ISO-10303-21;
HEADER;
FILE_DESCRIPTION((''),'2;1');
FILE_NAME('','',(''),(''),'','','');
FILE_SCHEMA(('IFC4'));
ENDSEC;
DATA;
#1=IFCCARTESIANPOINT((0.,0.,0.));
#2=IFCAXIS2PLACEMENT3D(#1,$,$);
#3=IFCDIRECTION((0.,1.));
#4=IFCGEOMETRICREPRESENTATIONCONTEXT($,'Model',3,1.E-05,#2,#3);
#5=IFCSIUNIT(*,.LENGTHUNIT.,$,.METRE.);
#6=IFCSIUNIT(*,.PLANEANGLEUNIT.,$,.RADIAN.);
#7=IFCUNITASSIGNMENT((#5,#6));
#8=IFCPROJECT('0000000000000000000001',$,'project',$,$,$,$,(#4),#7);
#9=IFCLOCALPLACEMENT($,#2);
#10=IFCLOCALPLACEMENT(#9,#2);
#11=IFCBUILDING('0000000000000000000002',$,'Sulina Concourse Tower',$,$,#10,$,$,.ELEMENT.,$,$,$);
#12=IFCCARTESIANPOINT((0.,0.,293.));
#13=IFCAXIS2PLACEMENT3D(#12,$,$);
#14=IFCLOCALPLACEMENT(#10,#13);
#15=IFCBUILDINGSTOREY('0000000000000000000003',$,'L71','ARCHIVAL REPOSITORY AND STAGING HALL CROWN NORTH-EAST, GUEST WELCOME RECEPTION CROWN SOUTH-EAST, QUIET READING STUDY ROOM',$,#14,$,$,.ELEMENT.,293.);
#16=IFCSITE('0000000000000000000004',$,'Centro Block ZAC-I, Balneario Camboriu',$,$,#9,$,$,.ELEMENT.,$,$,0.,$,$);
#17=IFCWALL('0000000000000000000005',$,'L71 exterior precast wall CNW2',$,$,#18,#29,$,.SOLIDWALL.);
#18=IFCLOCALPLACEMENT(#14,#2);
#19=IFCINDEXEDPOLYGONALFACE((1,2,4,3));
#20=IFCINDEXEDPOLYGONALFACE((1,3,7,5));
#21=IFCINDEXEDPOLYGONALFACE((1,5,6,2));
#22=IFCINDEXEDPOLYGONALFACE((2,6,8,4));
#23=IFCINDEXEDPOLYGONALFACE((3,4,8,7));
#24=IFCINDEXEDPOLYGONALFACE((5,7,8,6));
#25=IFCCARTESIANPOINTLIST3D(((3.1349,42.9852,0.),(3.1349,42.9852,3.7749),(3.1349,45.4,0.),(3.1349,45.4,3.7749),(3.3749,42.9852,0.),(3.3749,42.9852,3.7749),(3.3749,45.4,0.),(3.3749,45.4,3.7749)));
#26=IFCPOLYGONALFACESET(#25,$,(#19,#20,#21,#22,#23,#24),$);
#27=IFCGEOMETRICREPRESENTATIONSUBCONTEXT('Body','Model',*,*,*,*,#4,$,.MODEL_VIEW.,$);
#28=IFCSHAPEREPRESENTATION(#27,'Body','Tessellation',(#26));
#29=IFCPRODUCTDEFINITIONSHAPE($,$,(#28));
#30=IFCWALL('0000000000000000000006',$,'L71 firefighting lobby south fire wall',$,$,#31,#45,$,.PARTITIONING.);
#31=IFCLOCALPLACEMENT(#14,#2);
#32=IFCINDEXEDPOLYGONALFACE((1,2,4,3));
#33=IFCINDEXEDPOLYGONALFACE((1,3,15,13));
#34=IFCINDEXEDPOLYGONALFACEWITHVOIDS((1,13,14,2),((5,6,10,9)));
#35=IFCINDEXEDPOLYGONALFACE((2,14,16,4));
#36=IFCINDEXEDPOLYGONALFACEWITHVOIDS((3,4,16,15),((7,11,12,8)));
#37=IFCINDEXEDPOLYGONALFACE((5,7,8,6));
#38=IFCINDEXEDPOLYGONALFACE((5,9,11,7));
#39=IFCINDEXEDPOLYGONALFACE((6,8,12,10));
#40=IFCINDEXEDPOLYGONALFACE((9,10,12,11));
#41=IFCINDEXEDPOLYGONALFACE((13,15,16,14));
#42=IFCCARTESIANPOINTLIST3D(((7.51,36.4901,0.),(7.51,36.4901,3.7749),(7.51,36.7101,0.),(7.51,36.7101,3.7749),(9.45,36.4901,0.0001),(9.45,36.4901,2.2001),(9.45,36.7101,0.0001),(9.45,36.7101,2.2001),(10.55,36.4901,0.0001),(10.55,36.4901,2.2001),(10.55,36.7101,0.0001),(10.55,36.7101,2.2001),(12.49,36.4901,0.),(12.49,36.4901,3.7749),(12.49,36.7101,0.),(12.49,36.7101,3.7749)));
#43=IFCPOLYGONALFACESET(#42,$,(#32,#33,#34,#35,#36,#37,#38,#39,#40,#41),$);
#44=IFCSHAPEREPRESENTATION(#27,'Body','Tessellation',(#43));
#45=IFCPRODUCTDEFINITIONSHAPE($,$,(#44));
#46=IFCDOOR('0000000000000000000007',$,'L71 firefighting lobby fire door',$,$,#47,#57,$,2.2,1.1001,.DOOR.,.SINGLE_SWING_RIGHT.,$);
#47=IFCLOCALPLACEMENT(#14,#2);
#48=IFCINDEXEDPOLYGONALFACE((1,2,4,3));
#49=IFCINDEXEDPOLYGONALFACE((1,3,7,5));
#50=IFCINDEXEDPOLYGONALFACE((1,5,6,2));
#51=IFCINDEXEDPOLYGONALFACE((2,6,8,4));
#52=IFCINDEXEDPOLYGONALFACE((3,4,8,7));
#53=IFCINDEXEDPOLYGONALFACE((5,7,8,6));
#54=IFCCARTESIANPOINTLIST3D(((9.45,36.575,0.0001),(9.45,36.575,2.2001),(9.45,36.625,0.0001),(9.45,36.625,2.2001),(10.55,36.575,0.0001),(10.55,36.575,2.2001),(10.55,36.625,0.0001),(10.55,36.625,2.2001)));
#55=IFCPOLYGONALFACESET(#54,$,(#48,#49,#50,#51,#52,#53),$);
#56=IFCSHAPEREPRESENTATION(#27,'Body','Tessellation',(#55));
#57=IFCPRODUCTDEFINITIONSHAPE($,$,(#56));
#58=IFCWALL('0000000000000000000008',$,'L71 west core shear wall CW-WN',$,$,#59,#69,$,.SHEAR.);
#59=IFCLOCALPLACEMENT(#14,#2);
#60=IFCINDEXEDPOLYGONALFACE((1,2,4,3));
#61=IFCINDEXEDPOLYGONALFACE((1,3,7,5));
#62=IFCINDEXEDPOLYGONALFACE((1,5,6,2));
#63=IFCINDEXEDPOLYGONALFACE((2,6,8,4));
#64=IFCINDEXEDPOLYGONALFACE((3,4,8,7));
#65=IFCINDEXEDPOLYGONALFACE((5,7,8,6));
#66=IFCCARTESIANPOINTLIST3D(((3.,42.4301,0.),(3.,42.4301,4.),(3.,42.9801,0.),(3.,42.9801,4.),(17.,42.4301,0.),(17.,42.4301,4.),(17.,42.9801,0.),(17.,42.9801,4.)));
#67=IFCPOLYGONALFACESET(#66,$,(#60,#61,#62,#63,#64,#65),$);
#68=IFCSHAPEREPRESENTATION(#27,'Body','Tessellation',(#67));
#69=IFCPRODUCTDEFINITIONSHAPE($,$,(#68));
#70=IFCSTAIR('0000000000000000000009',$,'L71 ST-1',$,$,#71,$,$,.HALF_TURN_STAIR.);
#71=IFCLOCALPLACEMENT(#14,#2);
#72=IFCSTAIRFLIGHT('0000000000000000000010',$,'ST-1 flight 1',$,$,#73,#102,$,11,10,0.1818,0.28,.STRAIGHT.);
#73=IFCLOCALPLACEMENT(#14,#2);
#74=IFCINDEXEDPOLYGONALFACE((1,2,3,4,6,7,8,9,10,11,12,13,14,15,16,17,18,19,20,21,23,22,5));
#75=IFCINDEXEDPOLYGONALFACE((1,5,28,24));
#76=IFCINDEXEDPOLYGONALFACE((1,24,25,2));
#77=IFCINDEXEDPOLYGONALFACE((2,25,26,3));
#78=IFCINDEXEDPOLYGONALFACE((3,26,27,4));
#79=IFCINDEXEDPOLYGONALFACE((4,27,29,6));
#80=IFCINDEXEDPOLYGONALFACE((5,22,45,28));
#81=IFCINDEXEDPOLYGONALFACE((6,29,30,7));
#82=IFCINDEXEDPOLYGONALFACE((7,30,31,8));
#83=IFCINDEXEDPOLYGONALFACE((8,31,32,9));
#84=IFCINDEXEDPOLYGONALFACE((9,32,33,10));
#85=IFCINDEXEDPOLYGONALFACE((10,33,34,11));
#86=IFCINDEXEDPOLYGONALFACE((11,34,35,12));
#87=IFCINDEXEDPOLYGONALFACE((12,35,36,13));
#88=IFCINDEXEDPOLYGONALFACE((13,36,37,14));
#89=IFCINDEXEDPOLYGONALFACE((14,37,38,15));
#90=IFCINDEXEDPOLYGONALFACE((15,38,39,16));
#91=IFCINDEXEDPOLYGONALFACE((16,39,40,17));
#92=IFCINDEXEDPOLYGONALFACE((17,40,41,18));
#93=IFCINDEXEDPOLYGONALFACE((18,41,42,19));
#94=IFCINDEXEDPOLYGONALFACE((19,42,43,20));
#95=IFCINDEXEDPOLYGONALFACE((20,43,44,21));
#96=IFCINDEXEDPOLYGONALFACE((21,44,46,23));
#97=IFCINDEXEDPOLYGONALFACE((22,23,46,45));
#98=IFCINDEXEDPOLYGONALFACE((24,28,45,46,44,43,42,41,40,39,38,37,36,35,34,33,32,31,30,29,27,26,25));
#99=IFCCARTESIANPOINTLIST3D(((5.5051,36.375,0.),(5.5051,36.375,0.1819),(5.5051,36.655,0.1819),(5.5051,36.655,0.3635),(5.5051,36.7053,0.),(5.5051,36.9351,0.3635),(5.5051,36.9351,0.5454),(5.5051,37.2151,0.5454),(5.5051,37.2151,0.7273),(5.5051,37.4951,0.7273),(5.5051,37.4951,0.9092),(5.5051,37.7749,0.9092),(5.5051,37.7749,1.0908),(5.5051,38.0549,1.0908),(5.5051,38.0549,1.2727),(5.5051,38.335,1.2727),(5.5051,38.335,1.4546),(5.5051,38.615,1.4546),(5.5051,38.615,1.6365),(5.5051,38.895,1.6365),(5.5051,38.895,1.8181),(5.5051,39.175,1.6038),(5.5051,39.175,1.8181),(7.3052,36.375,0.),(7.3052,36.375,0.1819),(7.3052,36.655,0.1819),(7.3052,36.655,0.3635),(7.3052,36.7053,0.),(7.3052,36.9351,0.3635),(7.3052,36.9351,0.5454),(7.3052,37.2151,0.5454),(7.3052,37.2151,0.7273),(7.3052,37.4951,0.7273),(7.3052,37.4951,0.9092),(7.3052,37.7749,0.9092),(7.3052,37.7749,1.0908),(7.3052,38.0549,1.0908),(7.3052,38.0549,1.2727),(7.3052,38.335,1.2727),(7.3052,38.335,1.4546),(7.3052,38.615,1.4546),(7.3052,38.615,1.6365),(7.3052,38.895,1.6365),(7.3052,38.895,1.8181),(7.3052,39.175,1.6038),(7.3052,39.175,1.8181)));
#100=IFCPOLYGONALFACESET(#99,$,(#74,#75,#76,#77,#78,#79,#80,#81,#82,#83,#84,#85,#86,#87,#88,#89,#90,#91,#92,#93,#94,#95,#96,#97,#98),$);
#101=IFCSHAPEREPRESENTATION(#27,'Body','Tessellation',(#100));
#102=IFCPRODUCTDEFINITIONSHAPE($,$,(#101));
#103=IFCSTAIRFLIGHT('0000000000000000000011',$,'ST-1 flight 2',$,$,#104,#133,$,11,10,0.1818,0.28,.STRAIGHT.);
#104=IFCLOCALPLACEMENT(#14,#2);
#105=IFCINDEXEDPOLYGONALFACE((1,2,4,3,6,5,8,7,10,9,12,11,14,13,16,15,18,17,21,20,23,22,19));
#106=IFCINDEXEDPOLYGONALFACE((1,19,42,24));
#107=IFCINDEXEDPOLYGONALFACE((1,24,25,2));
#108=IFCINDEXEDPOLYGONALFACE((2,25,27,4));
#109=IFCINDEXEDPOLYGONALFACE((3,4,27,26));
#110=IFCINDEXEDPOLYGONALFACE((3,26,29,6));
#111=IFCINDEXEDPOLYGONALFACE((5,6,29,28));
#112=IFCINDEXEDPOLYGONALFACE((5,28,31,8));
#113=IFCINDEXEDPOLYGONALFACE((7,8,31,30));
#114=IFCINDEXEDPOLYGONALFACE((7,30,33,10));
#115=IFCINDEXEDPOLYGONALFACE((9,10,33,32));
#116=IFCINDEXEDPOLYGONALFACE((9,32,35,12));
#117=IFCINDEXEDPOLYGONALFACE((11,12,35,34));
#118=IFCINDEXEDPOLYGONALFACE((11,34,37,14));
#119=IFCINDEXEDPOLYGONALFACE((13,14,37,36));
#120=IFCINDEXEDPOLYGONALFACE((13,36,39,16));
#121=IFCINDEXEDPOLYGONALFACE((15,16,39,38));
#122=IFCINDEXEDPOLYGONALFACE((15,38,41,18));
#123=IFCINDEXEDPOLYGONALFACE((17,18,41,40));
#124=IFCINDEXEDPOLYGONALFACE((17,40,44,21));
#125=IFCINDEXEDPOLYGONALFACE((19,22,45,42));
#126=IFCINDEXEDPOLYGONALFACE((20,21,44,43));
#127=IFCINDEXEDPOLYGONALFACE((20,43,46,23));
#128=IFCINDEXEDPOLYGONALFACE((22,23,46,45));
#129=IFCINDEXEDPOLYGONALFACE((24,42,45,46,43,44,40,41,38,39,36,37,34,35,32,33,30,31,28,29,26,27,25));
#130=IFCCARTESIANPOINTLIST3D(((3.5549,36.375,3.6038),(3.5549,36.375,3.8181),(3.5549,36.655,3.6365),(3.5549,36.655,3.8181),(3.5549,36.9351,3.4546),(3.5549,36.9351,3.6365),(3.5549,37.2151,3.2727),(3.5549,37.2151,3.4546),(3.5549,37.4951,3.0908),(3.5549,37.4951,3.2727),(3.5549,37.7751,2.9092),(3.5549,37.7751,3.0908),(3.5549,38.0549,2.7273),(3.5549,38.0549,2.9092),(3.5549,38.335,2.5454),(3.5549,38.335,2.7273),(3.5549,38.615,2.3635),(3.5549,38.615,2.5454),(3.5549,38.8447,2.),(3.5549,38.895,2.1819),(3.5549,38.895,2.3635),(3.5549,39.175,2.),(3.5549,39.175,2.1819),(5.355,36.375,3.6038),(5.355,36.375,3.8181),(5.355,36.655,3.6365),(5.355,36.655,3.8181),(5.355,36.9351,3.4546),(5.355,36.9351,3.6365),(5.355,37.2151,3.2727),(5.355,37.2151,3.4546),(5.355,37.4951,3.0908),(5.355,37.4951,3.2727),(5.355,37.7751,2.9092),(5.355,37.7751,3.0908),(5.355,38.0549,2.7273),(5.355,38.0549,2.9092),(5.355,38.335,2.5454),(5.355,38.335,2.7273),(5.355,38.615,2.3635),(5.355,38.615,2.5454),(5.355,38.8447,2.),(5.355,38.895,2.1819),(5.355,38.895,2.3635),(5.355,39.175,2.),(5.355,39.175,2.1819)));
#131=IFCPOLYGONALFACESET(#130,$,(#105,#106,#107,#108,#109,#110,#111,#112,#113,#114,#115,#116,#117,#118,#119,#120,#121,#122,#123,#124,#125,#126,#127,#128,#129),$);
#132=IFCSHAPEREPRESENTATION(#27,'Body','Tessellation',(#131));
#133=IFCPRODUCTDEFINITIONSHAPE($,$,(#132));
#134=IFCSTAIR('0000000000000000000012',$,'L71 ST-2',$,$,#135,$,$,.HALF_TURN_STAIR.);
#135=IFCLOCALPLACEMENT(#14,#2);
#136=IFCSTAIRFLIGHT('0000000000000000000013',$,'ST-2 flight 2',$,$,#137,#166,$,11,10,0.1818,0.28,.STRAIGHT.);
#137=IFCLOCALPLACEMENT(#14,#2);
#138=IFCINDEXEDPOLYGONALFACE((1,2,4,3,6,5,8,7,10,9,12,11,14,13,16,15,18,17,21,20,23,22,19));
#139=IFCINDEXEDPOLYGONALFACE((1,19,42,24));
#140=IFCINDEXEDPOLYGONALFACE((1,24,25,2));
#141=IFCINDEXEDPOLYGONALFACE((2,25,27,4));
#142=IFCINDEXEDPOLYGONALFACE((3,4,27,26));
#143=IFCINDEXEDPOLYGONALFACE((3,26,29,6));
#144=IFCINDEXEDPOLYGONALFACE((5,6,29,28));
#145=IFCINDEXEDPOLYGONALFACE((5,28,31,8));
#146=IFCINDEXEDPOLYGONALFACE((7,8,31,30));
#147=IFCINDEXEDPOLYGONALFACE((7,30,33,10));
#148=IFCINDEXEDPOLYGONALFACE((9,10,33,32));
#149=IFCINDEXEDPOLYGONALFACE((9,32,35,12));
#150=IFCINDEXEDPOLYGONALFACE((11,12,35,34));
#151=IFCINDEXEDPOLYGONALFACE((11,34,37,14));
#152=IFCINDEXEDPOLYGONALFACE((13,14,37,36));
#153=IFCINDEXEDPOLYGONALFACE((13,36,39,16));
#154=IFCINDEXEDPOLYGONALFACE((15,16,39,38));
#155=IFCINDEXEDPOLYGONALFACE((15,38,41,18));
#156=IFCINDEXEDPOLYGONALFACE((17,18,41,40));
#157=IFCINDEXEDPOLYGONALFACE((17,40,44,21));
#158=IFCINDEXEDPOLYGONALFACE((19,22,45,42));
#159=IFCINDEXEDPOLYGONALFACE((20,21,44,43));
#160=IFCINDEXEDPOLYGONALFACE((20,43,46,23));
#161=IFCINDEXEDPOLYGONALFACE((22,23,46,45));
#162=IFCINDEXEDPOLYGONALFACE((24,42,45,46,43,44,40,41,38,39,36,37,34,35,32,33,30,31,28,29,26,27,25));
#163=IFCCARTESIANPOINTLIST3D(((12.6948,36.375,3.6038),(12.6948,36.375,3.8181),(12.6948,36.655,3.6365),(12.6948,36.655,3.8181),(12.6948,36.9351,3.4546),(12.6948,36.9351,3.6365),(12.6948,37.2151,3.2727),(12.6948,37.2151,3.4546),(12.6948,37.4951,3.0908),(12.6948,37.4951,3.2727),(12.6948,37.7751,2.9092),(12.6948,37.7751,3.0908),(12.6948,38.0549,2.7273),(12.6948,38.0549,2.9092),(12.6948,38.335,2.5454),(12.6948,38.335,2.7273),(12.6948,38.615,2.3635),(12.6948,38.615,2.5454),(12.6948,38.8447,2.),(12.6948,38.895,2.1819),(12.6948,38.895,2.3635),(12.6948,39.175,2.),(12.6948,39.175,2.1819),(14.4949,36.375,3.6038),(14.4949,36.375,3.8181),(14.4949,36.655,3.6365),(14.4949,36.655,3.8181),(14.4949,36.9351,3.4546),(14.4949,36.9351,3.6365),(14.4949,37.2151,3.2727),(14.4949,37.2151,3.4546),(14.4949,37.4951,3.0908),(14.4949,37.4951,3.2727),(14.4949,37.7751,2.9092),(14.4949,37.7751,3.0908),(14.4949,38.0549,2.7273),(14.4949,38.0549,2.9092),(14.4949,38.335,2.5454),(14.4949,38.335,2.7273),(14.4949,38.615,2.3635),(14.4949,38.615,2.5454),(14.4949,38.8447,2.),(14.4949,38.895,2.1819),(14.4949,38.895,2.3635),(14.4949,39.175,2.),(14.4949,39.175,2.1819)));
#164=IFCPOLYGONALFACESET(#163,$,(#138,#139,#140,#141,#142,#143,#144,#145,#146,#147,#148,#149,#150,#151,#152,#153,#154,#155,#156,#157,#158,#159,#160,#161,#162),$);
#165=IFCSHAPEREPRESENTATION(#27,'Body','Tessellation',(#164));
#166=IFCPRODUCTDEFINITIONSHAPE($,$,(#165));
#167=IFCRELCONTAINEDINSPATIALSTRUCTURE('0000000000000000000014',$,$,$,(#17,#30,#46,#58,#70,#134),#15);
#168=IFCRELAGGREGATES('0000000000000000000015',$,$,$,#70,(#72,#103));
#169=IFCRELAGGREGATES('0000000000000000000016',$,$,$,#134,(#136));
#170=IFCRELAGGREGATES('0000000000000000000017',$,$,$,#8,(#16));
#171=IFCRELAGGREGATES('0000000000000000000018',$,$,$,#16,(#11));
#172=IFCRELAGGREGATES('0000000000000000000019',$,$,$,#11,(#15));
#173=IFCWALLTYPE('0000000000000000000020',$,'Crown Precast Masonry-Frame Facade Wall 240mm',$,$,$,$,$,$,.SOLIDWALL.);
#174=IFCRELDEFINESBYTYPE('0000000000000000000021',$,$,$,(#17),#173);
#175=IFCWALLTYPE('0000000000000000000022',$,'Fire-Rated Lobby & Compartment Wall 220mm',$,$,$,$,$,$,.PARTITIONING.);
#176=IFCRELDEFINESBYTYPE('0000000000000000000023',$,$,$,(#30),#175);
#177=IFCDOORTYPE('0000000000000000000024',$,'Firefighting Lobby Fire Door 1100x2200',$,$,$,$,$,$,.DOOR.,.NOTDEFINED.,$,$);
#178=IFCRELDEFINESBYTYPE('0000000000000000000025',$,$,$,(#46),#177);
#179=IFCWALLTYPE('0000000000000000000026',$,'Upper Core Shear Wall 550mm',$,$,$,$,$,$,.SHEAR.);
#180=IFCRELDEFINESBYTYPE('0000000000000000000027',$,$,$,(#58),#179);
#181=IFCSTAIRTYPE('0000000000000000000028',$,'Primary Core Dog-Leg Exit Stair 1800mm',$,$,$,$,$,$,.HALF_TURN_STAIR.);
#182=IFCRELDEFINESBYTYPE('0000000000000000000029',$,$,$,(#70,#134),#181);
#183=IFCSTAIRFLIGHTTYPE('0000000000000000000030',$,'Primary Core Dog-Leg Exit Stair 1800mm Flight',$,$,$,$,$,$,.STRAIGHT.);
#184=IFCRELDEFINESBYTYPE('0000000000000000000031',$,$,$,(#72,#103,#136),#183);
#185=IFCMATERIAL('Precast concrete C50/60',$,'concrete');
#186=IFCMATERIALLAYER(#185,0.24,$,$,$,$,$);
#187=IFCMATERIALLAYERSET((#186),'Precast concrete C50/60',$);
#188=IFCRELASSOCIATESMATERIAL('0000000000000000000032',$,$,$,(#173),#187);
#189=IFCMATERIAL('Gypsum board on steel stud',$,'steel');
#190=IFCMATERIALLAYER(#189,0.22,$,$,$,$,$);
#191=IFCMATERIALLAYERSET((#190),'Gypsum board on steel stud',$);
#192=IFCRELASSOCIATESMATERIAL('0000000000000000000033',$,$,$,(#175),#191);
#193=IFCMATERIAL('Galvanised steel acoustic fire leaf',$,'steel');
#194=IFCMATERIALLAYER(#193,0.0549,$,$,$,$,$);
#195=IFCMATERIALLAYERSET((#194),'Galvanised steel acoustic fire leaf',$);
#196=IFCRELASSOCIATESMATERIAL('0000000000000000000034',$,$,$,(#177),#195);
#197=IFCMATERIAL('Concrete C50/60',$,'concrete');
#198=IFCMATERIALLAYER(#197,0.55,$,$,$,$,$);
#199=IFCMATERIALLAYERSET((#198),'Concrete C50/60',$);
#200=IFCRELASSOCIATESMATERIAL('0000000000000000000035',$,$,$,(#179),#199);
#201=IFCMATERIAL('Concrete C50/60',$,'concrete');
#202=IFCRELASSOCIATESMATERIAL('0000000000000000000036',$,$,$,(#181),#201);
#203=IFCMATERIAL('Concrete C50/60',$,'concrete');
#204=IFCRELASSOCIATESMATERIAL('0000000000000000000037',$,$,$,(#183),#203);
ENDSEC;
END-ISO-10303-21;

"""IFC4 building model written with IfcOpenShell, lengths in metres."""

from ifc_helpers import new_model, si_unit, direction, frame, frame_2d, origin, place, context, subcontext, project, spatial, polyline, rectangle, outline, extrude, material, layer, layer_set, type_object, element, fill, aggregate, save


model = new_model("IFC4")

# Units and contexts
model_context = context("Model", 3, precision=1e-05, world=origin(), true_north=direction((0.0, 1.0)))
body_context = subcontext(model_context, "Body", "Model", "MODEL_VIEW")
ifc_project = project(units=[si_unit("LENGTHUNIT", "METRE"), si_unit("PLANEANGLEUNIT", "RADIAN")], contexts=[model_context])

# Site, building, storey
site_placement = place(None, origin())
site = spatial("IfcSite", under=ifc_project, at=site_placement, Name="Centro Block ZAC-I, Balneario Camboriu", CompositionType="ELEMENT", RefElevation=0.0)
building_placement = place(site_placement, origin())
building = spatial("IfcBuilding", under=site, at=building_placement, Name="Sulina Concourse Tower", CompositionType="ELEMENT")
storey_placement = place(building_placement, frame((0.0, 0.0, 293.0)))
storey = spatial("IfcBuildingStorey", under=building, at=storey_placement, Name="L71", Description="ARCHIVAL REPOSITORY AND STAGING HALL CROWN NORTH-EAST, GUEST WELCOME RECEPTION CROWN SOUTH-EAST, QUIET READING STUDY ROOM", CompositionType="ELEMENT", Elevation=293.0)

# Wall
ifc_material_1 = material(Name="Precast concrete C50/60", Category="concrete")
ifc_layer_1 = layer(ifc_material_1, 0.24)
ifc_layer_set_1 = layer_set([ifc_layer_1], Name="Precast concrete C50/60")
wall_type_1 = type_object("IfcWallType", Name="Crown Precast Masonry-Frame Facade Wall 240mm", PredefinedType="SOLIDWALL", material=ifc_layer_set_1)
wall_1_placement = place(storey_placement, frame((3.2549, 42.9851, 0.0), z_axis=(0.0, 0.0, 1.0), x_axis=(0.0, 1.0, 0.0)))
element("IfcWall", 1, at=wall_1_placement, inside=storey, type_object=wall_type_1, Name="L71 exterior precast wall CNW2", PredefinedType="SOLIDWALL", context=body_context, shape_type="SweptSolid", body=[
    extrude(rectangle(XDim=2.4148, YDim=0.24, at=frame_2d((1.2075, 0.0))), origin(), (0.0, 0.0, 1.0), 3.7749),
])

# Wall, opening, door
ifc_material_2 = material(Name="Gypsum board on steel stud", Category="steel")
ifc_layer_2 = layer(ifc_material_2, 0.22)
ifc_layer_set_2 = layer_set([ifc_layer_2], Name="Gypsum board on steel stud")
wall_type_2 = type_object("IfcWallType", Name="Fire-Rated Lobby & Compartment Wall 220mm", PredefinedType="PARTITIONING", material=ifc_layer_set_2)
wall_2_placement = place(storey_placement, frame((7.51, 36.6001, 0.0), z_axis=(0.0, 0.0, 1.0), x_axis=(1.0, 0.0, 0.0)))
wall_2 = element("IfcWall", 2, at=wall_2_placement, inside=storey, type_object=wall_type_2, Name="L71 firefighting lobby south fire wall", PredefinedType="PARTITIONING", context=body_context, shape_type="SweptSolid", body=[
    extrude(rectangle(XDim=4.98, YDim=0.22, at=frame_2d((2.49, 0.0))), origin(), (0.0, 0.0, 1.0), 3.7749),
])
opening_1_placement = place(wall_2_placement, frame((1.9399, 0.0, 0.0)))
opening_1 = element("IfcOpeningElement", 3, at=opening_1_placement, cuts=wall_2, PredefinedType="OPENING", context=body_context, shape_type="SweptSolid", body=[
    extrude(rectangle(XDim=1.1001, YDim=2.2, at=frame_2d((0.55, 1.1001))), frame((0.0, 0.1199, 0.0), z_axis=(0.0, -1.0, 0.0), x_axis=(1.0, 0.0, 0.0)), (0.0, 0.0, 1.0), 0.24),
])
ifc_material_3 = material(Name="Galvanised steel acoustic fire leaf", Category="steel")
ifc_layer_3 = layer(ifc_material_3, 0.0549)
ifc_layer_set_3 = layer_set([ifc_layer_3], Name="Galvanised steel acoustic fire leaf")
door_type_1 = type_object("IfcDoorType", Name="Firefighting Lobby Fire Door 1100x2200", OperationType="NOTDEFINED", PredefinedType="DOOR", material=ifc_layer_set_3)
door_1_placement = place(opening_1_placement, origin())
door_1 = element("IfcDoor", 4, at=door_1_placement, inside=storey, type_object=door_type_1, Name="L71 firefighting lobby fire door", OperationType="SINGLE_SWING_RIGHT", OverallHeight=2.2, OverallWidth=1.1001, PredefinedType="DOOR", context=body_context, shape_type="SweptSolid", body=[
    extrude(rectangle(XDim=1.1001, YDim=2.2, at=frame_2d((0.55, 1.1001))), frame((0.0, 0.0249, 0.0), z_axis=(0.0, -1.0, 0.0), x_axis=(1.0, 0.0, 0.0)), (0.0, 0.0, 1.0), 0.05),
])
fill(opening_1, door_1)

# Wall
ifc_material_4 = material(Name="Concrete C50/60", Category="concrete")
ifc_layer_4 = layer(ifc_material_4, 0.55)
ifc_layer_set_4 = layer_set([ifc_layer_4], Name="Concrete C50/60")
wall_type_3 = type_object("IfcWallType", Name="Upper Core Shear Wall 550mm", PredefinedType="SHEAR", material=ifc_layer_set_4)
wall_3_placement = place(storey_placement, frame((3.0, 42.7051, 0.0), z_axis=(0.0, 0.0, 1.0), x_axis=(1.0, 0.0, 0.0)))
element("IfcWall", 5, at=wall_3_placement, inside=storey, type_object=wall_type_3, Name="L71 west core shear wall CW-WN", PredefinedType="SHEAR", context=body_context, shape_type="SweptSolid", body=[
    extrude(rectangle(XDim=14.0, YDim=0.55, at=frame_2d((7.0, 0.0))), origin(), (0.0, 0.0, 1.0), 4.0),
])

# Stair, stair flights
ifc_material_5 = material(Name="Concrete C50/60", Category="concrete")
stair_type = type_object("IfcStairType", Name="Primary Core Dog-Leg Exit Stair 1800mm", PredefinedType="HALF_TURN_STAIR", material=ifc_material_5)
stair_1_placement = place(storey_placement, origin())
stair_1 = element("IfcStair", 6, at=stair_1_placement, inside=storey, type_object=stair_type, Name="L71 ST-1", PredefinedType="HALF_TURN_STAIR")
ifc_material_6 = material(Name="Concrete C50/60", Category="concrete")
stair_flight_type = type_object("IfcStairFlightType", Name="Primary Core Dog-Leg Exit Stair 1800mm Flight", PredefinedType="STRAIGHT", material=ifc_material_6)
stair_flight_1_placement = place(storey_placement, frame((6.405, 36.375, 0.0), z_axis=(0.0, 0.0, 1.0), x_axis=(0.0, 1.0, 0.0)))
stair_flight_1 = element("IfcStairFlight", 7, at=stair_flight_1_placement, type_object=stair_flight_type, Name="ST-1 flight 1", NumberOfRisers=11, NumberOfTreads=10, PredefinedType="STRAIGHT", RiserHeight=0.1818, TreadLength=0.28, context=body_context, shape_type="SweptSolid", body=[
    extrude(outline(polyline([(0.0, 0.0), (0.0, 0.1819), (0.28, 0.1819), (0.28, 0.3635), (0.5601, 0.3635), (0.5601, 0.5454), (0.8401, 0.5454), (0.8401, 0.7273), (1.1201, 0.7273), (1.1201, 0.9092), (1.3999, 0.9092), (1.3999, 1.0908), (1.6799, 1.0908), (1.6799, 1.2727), (1.96, 1.2727), (1.96, 1.4546), (2.24, 1.4546), (2.24, 1.6365), (2.52, 1.6365), (2.52, 1.8181), (2.8, 1.8181), (2.8, 2.0), (2.8, 1.6038), (0.3303, 0.0), (0.0, 0.0)])), frame((0.0, 0.8999, 0.0), z_axis=(0.0, -1.0, 0.0), x_axis=(1.0, 0.0, 0.0)), (0.0, 0.0, 1.0), 1.8),
])
stair_flight_2_placement = place(storey_placement, frame((4.4551, 39.175, 2.0), z_axis=(0.0, 0.0, 1.0), x_axis=(0.0, -1.0, 0.0)))
stair_flight_2 = element("IfcStairFlight", 8, at=stair_flight_2_placement, type_object=stair_flight_type, Name="ST-1 flight 2", NumberOfRisers=11, NumberOfTreads=10, PredefinedType="STRAIGHT", RiserHeight=0.1818, TreadLength=0.28, context=body_context, shape_type="SweptSolid", body=[
    extrude(outline(polyline([(0.0, 0.0), (0.0, 0.1819), (0.28, 0.1819), (0.28, 0.3635), (0.5601, 0.3635), (0.5601, 0.5454), (0.8401, 0.5454), (0.8401, 0.7273), (1.1201, 0.7273), (1.1201, 0.9092), (1.3999, 0.9092), (1.3999, 1.0908), (1.6799, 1.0908), (1.6799, 1.2727), (1.96, 1.2727), (1.96, 1.4546), (2.24, 1.4546), (2.24, 1.6365), (2.52, 1.6365), (2.52, 1.8181), (2.8, 1.8181), (2.8, 2.0), (2.8, 1.6038), (0.3303, 0.0), (0.0, 0.0)])), frame((0.0, 0.8999, 0.0), z_axis=(0.0, -1.0, 0.0), x_axis=(1.0, 0.0, 0.0)), (0.0, 0.0, 1.0), 1.8),
])
aggregate(stair_1, [stair_flight_1, stair_flight_2])

# Stair, stair flight
stair_2_placement = place(storey_placement, origin())
stair_2 = element("IfcStair", 9, at=stair_2_placement, inside=storey, type_object=stair_type, Name="L71 ST-2", PredefinedType="HALF_TURN_STAIR")
stair_flight_3_placement = place(storey_placement, frame((13.595, 39.175, 2.0), z_axis=(0.0, 0.0, 1.0), x_axis=(0.0, -1.0, 0.0)))
stair_flight_3 = element("IfcStairFlight", 10, at=stair_flight_3_placement, type_object=stair_flight_type, Name="ST-2 flight 2", NumberOfRisers=11, NumberOfTreads=10, PredefinedType="STRAIGHT", RiserHeight=0.1818, TreadLength=0.28, context=body_context, shape_type="SweptSolid", body=[
    extrude(outline(polyline([(0.0, 0.0), (0.0, 0.1819), (0.28, 0.1819), (0.28, 0.3635), (0.5601, 0.3635), (0.5601, 0.5454), (0.8401, 0.5454), (0.8401, 0.7273), (1.1201, 0.7273), (1.1201, 0.9092), (1.3999, 0.9092), (1.3999, 1.0908), (1.6799, 1.0908), (1.6799, 1.2727), (1.96, 1.2727), (1.96, 1.4546), (2.24, 1.4546), (2.24, 1.6365), (2.52, 1.6365), (2.52, 1.8181), (2.8, 1.8181), (2.8, 2.0), (2.8, 1.6038), (0.3303, 0.0), (0.0, 0.0)])), frame((0.0, 0.8999, 0.0), z_axis=(0.0, -1.0, 0.0), x_axis=(1.0, 0.0, 0.0)), (0.0, 0.0, 1.0), 1.8),
])
aggregate(stair_2, [stair_flight_3])

save(model, "model.ifc")
